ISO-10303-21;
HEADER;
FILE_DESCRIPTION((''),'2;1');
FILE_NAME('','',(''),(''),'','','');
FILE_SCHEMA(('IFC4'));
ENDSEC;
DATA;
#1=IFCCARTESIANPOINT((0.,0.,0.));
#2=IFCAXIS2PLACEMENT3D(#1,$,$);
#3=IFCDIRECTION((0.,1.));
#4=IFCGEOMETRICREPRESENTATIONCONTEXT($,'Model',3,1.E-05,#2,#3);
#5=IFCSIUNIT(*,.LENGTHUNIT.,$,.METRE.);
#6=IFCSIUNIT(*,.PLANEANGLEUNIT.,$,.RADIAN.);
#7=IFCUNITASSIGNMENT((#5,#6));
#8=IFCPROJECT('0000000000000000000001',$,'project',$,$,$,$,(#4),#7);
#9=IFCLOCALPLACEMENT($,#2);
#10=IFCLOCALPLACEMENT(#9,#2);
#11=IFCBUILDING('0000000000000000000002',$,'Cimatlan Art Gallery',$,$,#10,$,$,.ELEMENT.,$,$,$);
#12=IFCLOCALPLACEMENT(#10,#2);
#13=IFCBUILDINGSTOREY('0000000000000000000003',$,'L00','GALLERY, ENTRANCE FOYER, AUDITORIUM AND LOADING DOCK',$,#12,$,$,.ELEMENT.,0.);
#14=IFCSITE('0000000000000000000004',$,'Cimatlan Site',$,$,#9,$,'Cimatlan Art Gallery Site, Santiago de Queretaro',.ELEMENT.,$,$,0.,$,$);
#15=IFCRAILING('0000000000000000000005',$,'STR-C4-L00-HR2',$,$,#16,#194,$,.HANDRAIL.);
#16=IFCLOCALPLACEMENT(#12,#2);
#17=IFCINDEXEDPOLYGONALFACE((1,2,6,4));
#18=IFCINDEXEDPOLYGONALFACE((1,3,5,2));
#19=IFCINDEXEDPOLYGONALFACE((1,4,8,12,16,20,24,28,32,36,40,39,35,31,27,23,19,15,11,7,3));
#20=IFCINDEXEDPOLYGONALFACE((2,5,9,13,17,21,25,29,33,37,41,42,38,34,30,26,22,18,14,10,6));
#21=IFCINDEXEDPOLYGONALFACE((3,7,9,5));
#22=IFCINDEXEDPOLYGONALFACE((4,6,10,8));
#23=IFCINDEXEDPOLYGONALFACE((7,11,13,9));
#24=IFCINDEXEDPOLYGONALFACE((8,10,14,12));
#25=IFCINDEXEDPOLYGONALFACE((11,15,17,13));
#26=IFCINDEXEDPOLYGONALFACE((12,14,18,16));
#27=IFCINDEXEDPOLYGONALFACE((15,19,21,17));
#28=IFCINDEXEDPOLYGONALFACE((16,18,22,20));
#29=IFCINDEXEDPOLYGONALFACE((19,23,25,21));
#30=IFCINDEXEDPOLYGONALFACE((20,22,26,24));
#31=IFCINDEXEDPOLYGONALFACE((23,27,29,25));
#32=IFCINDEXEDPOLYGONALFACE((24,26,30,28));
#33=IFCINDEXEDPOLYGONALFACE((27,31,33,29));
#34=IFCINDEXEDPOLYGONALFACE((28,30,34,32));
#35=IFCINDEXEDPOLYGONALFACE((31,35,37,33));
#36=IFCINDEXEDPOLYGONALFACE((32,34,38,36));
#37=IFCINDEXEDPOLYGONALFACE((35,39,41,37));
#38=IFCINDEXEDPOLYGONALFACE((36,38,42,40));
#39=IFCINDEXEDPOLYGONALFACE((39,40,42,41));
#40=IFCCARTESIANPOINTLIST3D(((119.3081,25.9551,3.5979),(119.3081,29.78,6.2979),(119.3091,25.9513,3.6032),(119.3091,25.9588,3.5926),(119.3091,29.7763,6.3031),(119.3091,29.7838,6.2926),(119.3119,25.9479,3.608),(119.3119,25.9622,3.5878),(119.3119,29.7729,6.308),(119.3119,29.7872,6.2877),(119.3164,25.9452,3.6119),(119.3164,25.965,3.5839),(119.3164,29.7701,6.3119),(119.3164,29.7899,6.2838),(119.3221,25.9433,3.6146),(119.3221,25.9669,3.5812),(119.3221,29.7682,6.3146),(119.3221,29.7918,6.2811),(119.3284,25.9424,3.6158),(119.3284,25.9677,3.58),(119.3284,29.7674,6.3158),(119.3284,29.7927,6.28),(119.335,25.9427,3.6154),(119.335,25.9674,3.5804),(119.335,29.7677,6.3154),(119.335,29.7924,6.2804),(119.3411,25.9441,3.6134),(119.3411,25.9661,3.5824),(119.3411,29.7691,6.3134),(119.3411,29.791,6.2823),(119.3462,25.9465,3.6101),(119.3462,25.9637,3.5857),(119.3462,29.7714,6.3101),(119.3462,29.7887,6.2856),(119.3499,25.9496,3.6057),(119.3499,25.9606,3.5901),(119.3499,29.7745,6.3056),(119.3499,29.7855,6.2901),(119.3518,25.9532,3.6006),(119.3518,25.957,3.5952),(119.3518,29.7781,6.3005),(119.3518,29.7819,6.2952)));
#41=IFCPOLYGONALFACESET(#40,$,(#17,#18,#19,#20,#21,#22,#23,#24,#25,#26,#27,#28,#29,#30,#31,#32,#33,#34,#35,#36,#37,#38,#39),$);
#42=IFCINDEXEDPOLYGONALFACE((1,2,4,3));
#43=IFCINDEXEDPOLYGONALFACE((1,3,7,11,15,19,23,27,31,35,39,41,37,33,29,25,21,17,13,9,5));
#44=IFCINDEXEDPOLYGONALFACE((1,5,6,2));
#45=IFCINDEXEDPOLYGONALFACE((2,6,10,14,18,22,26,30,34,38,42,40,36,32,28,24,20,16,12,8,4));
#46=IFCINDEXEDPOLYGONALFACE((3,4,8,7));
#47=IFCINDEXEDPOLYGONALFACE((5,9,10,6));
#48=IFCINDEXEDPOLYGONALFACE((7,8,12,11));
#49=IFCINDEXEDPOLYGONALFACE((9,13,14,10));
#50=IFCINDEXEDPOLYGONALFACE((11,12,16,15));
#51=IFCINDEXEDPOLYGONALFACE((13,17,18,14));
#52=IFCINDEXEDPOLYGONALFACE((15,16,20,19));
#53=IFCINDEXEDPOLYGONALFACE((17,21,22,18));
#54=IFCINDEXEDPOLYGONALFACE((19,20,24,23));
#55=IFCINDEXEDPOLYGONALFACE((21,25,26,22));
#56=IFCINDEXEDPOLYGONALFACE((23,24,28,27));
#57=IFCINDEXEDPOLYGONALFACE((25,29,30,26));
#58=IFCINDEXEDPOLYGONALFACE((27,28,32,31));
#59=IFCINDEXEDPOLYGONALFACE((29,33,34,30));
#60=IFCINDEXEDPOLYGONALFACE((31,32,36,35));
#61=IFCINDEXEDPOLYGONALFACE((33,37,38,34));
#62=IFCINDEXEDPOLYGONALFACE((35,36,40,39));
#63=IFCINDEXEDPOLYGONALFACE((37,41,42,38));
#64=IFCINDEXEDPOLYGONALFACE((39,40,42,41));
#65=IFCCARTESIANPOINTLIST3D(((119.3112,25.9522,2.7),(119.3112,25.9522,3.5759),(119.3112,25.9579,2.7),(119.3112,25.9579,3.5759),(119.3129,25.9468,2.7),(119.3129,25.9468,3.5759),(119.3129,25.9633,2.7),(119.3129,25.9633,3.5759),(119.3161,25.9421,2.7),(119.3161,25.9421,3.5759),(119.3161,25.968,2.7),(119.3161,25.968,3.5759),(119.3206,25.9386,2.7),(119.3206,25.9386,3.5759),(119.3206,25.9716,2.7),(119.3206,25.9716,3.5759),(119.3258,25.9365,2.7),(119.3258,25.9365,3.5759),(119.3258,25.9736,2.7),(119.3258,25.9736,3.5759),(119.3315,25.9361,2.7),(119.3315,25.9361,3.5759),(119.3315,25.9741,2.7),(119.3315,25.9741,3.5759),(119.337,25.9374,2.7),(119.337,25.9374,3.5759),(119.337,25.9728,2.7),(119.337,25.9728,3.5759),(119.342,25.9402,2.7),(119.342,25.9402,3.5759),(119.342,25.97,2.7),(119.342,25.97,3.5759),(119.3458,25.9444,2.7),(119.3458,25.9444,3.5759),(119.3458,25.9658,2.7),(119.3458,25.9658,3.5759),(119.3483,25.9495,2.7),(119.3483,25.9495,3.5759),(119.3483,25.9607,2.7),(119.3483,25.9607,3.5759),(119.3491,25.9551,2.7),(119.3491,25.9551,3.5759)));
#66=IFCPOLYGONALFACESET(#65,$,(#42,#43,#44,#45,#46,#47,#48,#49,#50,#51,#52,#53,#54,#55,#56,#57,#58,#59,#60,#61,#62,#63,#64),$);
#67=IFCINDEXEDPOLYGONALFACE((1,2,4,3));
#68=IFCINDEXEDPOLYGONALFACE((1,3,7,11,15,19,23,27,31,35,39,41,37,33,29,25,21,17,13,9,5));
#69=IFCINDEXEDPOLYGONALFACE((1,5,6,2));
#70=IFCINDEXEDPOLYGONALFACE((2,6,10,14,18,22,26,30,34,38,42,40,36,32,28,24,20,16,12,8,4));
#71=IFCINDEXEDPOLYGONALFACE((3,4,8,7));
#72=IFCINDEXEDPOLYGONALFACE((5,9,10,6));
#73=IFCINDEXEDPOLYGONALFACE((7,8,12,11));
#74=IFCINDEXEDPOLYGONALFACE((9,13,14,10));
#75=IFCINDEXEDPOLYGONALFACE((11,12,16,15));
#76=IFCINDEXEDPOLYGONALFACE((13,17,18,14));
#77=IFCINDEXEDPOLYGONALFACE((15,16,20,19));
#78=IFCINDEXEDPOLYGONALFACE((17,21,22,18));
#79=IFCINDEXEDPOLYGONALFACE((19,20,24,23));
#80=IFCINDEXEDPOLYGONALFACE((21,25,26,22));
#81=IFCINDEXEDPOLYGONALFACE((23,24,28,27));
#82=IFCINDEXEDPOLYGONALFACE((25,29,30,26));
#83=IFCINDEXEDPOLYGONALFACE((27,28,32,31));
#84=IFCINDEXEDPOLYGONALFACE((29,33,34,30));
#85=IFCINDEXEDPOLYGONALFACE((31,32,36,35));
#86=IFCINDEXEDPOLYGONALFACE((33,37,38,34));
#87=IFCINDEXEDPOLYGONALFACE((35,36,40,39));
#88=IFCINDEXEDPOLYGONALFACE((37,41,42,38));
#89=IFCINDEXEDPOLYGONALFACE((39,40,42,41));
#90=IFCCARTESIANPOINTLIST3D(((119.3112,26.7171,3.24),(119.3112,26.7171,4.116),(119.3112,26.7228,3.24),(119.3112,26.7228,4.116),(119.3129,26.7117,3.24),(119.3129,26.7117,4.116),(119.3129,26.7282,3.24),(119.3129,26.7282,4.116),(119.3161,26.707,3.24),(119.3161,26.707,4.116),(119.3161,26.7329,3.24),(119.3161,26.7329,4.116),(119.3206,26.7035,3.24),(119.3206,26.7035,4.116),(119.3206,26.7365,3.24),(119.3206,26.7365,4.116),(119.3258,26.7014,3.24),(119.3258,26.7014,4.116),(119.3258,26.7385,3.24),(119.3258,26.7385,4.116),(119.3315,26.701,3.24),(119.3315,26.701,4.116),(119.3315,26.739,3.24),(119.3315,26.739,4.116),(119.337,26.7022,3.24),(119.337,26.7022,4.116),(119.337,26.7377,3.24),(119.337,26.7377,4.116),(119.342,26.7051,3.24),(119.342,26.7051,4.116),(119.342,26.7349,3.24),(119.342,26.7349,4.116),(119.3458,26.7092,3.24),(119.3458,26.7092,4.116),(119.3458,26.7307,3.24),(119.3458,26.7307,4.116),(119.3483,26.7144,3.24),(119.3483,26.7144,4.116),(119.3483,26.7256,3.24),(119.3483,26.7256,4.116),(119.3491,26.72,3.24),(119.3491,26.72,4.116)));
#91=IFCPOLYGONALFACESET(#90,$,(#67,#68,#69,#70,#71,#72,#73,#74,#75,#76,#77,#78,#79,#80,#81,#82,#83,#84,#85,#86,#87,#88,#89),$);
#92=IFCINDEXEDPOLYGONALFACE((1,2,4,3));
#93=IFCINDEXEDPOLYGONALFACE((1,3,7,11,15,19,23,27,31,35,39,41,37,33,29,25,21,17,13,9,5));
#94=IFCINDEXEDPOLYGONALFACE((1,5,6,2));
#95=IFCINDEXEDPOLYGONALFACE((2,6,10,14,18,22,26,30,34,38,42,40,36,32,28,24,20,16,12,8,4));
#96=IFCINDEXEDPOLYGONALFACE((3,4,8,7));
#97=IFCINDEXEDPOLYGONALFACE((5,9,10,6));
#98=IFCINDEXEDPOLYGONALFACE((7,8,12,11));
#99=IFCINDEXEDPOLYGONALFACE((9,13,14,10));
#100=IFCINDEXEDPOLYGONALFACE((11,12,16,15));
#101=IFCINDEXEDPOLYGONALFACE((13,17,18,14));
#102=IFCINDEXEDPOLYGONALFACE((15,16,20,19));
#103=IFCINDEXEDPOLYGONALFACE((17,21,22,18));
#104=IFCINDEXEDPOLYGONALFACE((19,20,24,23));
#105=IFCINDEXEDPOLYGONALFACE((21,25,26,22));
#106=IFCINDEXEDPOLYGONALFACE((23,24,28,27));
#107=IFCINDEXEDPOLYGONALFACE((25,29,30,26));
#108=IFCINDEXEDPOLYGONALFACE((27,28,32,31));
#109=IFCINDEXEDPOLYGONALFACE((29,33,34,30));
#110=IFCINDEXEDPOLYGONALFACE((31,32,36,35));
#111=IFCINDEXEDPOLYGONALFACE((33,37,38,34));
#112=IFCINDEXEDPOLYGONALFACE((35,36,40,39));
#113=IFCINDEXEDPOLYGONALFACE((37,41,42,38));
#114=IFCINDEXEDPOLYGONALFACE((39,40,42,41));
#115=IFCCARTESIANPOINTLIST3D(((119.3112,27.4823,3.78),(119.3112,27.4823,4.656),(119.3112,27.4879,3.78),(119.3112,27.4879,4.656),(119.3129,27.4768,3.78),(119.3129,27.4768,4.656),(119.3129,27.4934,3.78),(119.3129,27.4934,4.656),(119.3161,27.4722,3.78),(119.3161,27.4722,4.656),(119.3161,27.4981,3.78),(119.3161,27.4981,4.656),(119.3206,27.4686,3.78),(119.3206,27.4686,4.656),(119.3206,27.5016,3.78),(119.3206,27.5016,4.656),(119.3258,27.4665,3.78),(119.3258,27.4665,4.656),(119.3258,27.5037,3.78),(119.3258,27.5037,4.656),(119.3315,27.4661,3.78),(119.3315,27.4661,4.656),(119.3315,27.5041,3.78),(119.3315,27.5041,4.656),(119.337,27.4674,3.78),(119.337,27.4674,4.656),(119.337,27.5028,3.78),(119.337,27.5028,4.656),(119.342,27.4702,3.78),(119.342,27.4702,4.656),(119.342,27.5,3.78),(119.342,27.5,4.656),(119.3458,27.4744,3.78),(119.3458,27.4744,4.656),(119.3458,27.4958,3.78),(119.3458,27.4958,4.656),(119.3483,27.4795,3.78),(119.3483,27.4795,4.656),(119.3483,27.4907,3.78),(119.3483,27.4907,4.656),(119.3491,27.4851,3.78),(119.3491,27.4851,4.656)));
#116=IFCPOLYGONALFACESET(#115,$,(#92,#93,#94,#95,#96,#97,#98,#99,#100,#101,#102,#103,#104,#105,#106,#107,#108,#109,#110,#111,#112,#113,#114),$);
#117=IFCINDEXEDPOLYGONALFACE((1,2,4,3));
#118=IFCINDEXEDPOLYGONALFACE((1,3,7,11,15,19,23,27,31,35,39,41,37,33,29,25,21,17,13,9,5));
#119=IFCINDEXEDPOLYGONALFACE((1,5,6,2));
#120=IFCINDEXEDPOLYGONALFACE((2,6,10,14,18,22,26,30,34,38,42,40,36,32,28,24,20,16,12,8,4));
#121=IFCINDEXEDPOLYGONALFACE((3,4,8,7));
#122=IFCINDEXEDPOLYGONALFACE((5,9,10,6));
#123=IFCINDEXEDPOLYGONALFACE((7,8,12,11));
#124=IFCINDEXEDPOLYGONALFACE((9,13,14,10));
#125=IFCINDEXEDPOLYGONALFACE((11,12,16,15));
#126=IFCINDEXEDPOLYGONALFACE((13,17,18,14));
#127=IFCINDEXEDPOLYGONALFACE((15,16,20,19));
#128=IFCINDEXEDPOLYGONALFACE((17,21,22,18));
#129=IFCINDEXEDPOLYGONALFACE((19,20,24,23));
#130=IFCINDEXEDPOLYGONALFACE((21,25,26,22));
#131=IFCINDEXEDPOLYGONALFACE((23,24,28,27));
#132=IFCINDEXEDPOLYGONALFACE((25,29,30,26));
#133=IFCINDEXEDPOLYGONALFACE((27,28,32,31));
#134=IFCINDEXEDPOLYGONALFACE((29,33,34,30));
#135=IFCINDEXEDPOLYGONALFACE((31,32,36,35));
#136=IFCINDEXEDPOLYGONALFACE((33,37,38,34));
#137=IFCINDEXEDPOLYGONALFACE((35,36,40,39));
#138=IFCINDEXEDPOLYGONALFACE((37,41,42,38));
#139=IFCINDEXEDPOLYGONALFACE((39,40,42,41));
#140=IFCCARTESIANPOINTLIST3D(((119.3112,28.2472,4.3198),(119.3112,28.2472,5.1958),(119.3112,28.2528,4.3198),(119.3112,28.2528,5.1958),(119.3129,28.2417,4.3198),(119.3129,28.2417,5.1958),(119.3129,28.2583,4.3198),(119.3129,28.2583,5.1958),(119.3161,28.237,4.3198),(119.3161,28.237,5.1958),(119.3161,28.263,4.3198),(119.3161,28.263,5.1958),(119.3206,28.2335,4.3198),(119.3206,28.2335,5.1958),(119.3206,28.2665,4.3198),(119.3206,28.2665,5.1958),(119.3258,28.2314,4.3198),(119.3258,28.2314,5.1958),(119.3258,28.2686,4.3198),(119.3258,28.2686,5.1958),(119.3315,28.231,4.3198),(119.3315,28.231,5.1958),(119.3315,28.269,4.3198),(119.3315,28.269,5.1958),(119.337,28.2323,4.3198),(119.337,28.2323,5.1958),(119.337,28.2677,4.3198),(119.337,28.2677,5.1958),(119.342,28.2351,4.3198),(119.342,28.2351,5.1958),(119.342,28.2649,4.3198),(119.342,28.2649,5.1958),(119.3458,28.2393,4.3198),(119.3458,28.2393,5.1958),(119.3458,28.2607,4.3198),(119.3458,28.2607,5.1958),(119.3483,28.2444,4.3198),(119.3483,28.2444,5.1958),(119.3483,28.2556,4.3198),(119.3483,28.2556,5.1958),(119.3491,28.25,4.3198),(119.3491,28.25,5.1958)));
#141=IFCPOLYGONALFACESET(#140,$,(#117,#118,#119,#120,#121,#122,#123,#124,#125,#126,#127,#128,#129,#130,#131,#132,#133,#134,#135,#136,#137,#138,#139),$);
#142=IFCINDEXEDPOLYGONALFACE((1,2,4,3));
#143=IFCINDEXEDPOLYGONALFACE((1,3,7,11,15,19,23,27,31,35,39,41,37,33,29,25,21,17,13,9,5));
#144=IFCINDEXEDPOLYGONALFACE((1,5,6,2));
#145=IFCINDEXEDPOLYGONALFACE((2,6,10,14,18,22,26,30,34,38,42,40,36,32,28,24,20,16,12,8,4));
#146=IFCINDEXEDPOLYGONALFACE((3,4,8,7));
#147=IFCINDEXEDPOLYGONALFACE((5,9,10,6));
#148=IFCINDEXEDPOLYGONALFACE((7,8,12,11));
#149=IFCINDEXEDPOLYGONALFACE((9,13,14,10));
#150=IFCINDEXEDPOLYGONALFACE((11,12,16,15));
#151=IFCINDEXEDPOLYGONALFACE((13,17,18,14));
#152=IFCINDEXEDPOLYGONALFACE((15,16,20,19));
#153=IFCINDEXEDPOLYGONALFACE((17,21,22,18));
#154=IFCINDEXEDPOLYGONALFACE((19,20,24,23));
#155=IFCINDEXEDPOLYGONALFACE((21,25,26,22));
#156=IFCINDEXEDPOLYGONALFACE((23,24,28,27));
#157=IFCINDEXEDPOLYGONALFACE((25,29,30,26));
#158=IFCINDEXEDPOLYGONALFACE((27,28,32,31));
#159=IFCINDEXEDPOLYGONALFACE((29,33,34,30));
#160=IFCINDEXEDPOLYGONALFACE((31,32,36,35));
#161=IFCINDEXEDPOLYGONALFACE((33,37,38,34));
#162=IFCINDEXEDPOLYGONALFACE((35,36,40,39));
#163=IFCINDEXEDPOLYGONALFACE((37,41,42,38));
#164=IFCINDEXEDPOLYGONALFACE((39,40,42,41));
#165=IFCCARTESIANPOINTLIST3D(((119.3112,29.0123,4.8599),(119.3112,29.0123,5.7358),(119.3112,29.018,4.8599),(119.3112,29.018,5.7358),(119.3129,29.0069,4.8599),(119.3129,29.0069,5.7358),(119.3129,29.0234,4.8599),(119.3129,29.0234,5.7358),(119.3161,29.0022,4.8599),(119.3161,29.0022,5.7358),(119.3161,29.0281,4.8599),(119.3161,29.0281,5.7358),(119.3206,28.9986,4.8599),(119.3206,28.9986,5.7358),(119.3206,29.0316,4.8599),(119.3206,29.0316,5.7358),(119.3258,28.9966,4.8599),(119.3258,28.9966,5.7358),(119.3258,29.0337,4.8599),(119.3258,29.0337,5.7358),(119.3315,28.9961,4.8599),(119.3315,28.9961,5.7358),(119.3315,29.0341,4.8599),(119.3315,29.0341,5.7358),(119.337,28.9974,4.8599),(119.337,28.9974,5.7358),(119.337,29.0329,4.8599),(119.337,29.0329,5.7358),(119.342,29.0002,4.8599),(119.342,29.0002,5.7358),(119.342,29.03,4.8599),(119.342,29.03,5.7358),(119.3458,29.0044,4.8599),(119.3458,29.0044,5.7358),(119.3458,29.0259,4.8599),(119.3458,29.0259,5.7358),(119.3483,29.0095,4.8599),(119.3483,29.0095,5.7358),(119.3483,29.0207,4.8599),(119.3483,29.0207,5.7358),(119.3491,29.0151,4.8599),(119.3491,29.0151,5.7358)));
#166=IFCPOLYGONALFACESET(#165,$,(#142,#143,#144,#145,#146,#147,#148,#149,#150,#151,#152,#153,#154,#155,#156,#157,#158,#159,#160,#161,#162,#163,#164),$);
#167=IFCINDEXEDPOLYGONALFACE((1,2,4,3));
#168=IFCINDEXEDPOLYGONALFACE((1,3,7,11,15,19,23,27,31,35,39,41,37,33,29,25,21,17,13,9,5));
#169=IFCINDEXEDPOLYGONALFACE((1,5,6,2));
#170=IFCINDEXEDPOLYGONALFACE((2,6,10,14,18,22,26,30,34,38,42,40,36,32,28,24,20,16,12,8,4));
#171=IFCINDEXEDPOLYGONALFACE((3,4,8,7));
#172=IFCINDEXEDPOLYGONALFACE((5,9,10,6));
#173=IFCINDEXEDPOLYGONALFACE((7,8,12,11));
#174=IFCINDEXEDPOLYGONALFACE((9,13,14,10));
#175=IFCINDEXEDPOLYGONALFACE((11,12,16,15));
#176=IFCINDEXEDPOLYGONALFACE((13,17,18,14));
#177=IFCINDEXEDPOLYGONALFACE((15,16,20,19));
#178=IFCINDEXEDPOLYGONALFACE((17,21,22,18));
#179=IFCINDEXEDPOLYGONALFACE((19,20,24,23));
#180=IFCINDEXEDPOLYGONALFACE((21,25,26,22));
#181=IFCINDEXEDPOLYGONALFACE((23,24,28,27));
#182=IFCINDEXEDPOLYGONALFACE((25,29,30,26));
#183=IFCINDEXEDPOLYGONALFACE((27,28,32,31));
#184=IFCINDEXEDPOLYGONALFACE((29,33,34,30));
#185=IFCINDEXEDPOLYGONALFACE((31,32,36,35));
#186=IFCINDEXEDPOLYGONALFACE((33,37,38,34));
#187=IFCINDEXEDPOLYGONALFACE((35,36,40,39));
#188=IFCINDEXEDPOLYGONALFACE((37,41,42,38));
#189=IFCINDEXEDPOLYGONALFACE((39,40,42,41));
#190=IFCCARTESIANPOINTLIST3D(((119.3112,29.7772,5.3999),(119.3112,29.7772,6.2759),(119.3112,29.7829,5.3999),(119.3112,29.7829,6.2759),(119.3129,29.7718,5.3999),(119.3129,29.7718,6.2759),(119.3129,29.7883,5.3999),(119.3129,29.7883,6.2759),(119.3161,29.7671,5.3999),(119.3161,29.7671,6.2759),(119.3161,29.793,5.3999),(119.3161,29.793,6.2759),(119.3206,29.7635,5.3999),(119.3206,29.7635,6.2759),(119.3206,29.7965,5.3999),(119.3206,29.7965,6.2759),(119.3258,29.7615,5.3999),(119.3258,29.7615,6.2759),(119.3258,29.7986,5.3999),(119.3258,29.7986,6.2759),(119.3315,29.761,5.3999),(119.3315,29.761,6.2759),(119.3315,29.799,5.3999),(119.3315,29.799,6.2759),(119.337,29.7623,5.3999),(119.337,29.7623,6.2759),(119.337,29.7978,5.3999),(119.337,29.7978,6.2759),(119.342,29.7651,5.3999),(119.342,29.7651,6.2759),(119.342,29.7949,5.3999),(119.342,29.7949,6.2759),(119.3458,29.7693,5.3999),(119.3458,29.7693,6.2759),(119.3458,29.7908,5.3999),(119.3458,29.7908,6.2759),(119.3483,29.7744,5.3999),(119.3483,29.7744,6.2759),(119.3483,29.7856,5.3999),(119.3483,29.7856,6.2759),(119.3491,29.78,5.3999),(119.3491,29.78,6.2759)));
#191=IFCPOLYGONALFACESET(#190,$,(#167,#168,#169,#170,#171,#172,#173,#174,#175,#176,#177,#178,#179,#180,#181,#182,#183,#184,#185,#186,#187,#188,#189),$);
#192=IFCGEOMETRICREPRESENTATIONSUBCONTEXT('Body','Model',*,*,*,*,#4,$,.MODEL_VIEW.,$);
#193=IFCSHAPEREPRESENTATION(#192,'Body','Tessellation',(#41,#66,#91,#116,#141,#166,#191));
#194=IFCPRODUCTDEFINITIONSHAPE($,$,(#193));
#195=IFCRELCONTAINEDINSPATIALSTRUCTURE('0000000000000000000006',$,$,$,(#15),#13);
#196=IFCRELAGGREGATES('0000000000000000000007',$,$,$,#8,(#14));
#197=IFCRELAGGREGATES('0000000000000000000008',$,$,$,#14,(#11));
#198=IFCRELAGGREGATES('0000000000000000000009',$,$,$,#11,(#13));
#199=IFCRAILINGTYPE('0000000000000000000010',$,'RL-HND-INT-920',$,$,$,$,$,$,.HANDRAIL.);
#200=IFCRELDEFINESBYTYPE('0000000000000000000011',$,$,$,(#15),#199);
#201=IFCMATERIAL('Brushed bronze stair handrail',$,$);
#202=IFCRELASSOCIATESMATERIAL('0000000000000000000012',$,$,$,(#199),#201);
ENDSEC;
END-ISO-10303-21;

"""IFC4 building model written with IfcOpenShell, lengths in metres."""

from ifc_helpers import new_model, si_unit, direction, frame, origin, origin_2d, place, context, subcontext, project, spatial, circle, extrude, material, type_object, element, save


model = new_model("IFC4")

# Units and contexts
model_context = context("Model", 3, precision=1e-05, world=origin(), true_north=direction((0.0, 1.0)))
body_context = subcontext(model_context, "Body", "Model", "MODEL_VIEW")
ifc_project = project(units=[si_unit("LENGTHUNIT", "METRE"), si_unit("PLANEANGLEUNIT", "RADIAN")], contexts=[model_context])

# Site, building, storey
site_placement = place(None, origin())
site = spatial("IfcSite", under=ifc_project, at=site_placement, Name="Cimatlan Site", LongName="Cimatlan Art Gallery Site, Santiago de Queretaro", CompositionType="ELEMENT", RefElevation=0.0)
building_placement = place(site_placement, origin())
building = spatial("IfcBuilding", under=site, at=building_placement, Name="Cimatlan Art Gallery", CompositionType="ELEMENT")
storey_placement = place(building_placement, origin())
storey = spatial("IfcBuildingStorey", under=building, at=storey_placement, Name="L00", Description="GALLERY, ENTRANCE FOYER, AUDITORIUM AND LOADING DOCK", CompositionType="ELEMENT", Elevation=0.0)

# Railing
ifc_material_1 = material(Name="Brushed bronze stair handrail")
railing_type_1 = type_object("IfcRailingType", Name="RL-HND-INT-920", PredefinedType="HANDRAIL", material=ifc_material_1)
railing_1_placement = place(storey_placement, frame((119.3301, 25.9551, 2.7)))
element("IfcRailing", 1, at=railing_1_placement, inside=storey, type_object=railing_type_1, Name="STR-C4-L00-HR2", PredefinedType="HANDRAIL", context=body_context, shape_type="SweptSolid", body=[
    extrude(circle(Radius=0.022, at=origin_2d()), frame((0.0, 0.0, 0.8979), z_axis=(0.0, 0.816969, 0.576681), x_axis=(-1.0, 0.0, 0.0)), (0.0, 0.0, 1.0), 4.6819),
    extrude(circle(Radius=0.019, at=origin_2d()), origin(), (0.0, 0.0, 1.0), 0.876),
    extrude(circle(Radius=0.019, at=origin_2d()), frame((0.0, 0.7649, 0.54)), (0.0, 0.0, 1.0), 0.876),
    extrude(circle(Radius=0.019, at=origin_2d()), frame((0.0, 1.53, 1.0801)), (0.0, 0.0, 1.0), 0.876),
    extrude(circle(Radius=0.019, at=origin_2d()), frame((0.0, 2.2949, 1.6199)), (0.0, 0.0, 1.0), 0.876),
    extrude(circle(Radius=0.019, at=origin_2d()), frame((0.0, 3.0601, 2.1599)), (0.0, 0.0, 1.0), 0.876),
    extrude(circle(Radius=0.019, at=origin_2d()), frame((0.0, 3.825, 2.7)), (0.0, 0.0, 1.0), 0.876),
])

save(model, "model.ifc")
